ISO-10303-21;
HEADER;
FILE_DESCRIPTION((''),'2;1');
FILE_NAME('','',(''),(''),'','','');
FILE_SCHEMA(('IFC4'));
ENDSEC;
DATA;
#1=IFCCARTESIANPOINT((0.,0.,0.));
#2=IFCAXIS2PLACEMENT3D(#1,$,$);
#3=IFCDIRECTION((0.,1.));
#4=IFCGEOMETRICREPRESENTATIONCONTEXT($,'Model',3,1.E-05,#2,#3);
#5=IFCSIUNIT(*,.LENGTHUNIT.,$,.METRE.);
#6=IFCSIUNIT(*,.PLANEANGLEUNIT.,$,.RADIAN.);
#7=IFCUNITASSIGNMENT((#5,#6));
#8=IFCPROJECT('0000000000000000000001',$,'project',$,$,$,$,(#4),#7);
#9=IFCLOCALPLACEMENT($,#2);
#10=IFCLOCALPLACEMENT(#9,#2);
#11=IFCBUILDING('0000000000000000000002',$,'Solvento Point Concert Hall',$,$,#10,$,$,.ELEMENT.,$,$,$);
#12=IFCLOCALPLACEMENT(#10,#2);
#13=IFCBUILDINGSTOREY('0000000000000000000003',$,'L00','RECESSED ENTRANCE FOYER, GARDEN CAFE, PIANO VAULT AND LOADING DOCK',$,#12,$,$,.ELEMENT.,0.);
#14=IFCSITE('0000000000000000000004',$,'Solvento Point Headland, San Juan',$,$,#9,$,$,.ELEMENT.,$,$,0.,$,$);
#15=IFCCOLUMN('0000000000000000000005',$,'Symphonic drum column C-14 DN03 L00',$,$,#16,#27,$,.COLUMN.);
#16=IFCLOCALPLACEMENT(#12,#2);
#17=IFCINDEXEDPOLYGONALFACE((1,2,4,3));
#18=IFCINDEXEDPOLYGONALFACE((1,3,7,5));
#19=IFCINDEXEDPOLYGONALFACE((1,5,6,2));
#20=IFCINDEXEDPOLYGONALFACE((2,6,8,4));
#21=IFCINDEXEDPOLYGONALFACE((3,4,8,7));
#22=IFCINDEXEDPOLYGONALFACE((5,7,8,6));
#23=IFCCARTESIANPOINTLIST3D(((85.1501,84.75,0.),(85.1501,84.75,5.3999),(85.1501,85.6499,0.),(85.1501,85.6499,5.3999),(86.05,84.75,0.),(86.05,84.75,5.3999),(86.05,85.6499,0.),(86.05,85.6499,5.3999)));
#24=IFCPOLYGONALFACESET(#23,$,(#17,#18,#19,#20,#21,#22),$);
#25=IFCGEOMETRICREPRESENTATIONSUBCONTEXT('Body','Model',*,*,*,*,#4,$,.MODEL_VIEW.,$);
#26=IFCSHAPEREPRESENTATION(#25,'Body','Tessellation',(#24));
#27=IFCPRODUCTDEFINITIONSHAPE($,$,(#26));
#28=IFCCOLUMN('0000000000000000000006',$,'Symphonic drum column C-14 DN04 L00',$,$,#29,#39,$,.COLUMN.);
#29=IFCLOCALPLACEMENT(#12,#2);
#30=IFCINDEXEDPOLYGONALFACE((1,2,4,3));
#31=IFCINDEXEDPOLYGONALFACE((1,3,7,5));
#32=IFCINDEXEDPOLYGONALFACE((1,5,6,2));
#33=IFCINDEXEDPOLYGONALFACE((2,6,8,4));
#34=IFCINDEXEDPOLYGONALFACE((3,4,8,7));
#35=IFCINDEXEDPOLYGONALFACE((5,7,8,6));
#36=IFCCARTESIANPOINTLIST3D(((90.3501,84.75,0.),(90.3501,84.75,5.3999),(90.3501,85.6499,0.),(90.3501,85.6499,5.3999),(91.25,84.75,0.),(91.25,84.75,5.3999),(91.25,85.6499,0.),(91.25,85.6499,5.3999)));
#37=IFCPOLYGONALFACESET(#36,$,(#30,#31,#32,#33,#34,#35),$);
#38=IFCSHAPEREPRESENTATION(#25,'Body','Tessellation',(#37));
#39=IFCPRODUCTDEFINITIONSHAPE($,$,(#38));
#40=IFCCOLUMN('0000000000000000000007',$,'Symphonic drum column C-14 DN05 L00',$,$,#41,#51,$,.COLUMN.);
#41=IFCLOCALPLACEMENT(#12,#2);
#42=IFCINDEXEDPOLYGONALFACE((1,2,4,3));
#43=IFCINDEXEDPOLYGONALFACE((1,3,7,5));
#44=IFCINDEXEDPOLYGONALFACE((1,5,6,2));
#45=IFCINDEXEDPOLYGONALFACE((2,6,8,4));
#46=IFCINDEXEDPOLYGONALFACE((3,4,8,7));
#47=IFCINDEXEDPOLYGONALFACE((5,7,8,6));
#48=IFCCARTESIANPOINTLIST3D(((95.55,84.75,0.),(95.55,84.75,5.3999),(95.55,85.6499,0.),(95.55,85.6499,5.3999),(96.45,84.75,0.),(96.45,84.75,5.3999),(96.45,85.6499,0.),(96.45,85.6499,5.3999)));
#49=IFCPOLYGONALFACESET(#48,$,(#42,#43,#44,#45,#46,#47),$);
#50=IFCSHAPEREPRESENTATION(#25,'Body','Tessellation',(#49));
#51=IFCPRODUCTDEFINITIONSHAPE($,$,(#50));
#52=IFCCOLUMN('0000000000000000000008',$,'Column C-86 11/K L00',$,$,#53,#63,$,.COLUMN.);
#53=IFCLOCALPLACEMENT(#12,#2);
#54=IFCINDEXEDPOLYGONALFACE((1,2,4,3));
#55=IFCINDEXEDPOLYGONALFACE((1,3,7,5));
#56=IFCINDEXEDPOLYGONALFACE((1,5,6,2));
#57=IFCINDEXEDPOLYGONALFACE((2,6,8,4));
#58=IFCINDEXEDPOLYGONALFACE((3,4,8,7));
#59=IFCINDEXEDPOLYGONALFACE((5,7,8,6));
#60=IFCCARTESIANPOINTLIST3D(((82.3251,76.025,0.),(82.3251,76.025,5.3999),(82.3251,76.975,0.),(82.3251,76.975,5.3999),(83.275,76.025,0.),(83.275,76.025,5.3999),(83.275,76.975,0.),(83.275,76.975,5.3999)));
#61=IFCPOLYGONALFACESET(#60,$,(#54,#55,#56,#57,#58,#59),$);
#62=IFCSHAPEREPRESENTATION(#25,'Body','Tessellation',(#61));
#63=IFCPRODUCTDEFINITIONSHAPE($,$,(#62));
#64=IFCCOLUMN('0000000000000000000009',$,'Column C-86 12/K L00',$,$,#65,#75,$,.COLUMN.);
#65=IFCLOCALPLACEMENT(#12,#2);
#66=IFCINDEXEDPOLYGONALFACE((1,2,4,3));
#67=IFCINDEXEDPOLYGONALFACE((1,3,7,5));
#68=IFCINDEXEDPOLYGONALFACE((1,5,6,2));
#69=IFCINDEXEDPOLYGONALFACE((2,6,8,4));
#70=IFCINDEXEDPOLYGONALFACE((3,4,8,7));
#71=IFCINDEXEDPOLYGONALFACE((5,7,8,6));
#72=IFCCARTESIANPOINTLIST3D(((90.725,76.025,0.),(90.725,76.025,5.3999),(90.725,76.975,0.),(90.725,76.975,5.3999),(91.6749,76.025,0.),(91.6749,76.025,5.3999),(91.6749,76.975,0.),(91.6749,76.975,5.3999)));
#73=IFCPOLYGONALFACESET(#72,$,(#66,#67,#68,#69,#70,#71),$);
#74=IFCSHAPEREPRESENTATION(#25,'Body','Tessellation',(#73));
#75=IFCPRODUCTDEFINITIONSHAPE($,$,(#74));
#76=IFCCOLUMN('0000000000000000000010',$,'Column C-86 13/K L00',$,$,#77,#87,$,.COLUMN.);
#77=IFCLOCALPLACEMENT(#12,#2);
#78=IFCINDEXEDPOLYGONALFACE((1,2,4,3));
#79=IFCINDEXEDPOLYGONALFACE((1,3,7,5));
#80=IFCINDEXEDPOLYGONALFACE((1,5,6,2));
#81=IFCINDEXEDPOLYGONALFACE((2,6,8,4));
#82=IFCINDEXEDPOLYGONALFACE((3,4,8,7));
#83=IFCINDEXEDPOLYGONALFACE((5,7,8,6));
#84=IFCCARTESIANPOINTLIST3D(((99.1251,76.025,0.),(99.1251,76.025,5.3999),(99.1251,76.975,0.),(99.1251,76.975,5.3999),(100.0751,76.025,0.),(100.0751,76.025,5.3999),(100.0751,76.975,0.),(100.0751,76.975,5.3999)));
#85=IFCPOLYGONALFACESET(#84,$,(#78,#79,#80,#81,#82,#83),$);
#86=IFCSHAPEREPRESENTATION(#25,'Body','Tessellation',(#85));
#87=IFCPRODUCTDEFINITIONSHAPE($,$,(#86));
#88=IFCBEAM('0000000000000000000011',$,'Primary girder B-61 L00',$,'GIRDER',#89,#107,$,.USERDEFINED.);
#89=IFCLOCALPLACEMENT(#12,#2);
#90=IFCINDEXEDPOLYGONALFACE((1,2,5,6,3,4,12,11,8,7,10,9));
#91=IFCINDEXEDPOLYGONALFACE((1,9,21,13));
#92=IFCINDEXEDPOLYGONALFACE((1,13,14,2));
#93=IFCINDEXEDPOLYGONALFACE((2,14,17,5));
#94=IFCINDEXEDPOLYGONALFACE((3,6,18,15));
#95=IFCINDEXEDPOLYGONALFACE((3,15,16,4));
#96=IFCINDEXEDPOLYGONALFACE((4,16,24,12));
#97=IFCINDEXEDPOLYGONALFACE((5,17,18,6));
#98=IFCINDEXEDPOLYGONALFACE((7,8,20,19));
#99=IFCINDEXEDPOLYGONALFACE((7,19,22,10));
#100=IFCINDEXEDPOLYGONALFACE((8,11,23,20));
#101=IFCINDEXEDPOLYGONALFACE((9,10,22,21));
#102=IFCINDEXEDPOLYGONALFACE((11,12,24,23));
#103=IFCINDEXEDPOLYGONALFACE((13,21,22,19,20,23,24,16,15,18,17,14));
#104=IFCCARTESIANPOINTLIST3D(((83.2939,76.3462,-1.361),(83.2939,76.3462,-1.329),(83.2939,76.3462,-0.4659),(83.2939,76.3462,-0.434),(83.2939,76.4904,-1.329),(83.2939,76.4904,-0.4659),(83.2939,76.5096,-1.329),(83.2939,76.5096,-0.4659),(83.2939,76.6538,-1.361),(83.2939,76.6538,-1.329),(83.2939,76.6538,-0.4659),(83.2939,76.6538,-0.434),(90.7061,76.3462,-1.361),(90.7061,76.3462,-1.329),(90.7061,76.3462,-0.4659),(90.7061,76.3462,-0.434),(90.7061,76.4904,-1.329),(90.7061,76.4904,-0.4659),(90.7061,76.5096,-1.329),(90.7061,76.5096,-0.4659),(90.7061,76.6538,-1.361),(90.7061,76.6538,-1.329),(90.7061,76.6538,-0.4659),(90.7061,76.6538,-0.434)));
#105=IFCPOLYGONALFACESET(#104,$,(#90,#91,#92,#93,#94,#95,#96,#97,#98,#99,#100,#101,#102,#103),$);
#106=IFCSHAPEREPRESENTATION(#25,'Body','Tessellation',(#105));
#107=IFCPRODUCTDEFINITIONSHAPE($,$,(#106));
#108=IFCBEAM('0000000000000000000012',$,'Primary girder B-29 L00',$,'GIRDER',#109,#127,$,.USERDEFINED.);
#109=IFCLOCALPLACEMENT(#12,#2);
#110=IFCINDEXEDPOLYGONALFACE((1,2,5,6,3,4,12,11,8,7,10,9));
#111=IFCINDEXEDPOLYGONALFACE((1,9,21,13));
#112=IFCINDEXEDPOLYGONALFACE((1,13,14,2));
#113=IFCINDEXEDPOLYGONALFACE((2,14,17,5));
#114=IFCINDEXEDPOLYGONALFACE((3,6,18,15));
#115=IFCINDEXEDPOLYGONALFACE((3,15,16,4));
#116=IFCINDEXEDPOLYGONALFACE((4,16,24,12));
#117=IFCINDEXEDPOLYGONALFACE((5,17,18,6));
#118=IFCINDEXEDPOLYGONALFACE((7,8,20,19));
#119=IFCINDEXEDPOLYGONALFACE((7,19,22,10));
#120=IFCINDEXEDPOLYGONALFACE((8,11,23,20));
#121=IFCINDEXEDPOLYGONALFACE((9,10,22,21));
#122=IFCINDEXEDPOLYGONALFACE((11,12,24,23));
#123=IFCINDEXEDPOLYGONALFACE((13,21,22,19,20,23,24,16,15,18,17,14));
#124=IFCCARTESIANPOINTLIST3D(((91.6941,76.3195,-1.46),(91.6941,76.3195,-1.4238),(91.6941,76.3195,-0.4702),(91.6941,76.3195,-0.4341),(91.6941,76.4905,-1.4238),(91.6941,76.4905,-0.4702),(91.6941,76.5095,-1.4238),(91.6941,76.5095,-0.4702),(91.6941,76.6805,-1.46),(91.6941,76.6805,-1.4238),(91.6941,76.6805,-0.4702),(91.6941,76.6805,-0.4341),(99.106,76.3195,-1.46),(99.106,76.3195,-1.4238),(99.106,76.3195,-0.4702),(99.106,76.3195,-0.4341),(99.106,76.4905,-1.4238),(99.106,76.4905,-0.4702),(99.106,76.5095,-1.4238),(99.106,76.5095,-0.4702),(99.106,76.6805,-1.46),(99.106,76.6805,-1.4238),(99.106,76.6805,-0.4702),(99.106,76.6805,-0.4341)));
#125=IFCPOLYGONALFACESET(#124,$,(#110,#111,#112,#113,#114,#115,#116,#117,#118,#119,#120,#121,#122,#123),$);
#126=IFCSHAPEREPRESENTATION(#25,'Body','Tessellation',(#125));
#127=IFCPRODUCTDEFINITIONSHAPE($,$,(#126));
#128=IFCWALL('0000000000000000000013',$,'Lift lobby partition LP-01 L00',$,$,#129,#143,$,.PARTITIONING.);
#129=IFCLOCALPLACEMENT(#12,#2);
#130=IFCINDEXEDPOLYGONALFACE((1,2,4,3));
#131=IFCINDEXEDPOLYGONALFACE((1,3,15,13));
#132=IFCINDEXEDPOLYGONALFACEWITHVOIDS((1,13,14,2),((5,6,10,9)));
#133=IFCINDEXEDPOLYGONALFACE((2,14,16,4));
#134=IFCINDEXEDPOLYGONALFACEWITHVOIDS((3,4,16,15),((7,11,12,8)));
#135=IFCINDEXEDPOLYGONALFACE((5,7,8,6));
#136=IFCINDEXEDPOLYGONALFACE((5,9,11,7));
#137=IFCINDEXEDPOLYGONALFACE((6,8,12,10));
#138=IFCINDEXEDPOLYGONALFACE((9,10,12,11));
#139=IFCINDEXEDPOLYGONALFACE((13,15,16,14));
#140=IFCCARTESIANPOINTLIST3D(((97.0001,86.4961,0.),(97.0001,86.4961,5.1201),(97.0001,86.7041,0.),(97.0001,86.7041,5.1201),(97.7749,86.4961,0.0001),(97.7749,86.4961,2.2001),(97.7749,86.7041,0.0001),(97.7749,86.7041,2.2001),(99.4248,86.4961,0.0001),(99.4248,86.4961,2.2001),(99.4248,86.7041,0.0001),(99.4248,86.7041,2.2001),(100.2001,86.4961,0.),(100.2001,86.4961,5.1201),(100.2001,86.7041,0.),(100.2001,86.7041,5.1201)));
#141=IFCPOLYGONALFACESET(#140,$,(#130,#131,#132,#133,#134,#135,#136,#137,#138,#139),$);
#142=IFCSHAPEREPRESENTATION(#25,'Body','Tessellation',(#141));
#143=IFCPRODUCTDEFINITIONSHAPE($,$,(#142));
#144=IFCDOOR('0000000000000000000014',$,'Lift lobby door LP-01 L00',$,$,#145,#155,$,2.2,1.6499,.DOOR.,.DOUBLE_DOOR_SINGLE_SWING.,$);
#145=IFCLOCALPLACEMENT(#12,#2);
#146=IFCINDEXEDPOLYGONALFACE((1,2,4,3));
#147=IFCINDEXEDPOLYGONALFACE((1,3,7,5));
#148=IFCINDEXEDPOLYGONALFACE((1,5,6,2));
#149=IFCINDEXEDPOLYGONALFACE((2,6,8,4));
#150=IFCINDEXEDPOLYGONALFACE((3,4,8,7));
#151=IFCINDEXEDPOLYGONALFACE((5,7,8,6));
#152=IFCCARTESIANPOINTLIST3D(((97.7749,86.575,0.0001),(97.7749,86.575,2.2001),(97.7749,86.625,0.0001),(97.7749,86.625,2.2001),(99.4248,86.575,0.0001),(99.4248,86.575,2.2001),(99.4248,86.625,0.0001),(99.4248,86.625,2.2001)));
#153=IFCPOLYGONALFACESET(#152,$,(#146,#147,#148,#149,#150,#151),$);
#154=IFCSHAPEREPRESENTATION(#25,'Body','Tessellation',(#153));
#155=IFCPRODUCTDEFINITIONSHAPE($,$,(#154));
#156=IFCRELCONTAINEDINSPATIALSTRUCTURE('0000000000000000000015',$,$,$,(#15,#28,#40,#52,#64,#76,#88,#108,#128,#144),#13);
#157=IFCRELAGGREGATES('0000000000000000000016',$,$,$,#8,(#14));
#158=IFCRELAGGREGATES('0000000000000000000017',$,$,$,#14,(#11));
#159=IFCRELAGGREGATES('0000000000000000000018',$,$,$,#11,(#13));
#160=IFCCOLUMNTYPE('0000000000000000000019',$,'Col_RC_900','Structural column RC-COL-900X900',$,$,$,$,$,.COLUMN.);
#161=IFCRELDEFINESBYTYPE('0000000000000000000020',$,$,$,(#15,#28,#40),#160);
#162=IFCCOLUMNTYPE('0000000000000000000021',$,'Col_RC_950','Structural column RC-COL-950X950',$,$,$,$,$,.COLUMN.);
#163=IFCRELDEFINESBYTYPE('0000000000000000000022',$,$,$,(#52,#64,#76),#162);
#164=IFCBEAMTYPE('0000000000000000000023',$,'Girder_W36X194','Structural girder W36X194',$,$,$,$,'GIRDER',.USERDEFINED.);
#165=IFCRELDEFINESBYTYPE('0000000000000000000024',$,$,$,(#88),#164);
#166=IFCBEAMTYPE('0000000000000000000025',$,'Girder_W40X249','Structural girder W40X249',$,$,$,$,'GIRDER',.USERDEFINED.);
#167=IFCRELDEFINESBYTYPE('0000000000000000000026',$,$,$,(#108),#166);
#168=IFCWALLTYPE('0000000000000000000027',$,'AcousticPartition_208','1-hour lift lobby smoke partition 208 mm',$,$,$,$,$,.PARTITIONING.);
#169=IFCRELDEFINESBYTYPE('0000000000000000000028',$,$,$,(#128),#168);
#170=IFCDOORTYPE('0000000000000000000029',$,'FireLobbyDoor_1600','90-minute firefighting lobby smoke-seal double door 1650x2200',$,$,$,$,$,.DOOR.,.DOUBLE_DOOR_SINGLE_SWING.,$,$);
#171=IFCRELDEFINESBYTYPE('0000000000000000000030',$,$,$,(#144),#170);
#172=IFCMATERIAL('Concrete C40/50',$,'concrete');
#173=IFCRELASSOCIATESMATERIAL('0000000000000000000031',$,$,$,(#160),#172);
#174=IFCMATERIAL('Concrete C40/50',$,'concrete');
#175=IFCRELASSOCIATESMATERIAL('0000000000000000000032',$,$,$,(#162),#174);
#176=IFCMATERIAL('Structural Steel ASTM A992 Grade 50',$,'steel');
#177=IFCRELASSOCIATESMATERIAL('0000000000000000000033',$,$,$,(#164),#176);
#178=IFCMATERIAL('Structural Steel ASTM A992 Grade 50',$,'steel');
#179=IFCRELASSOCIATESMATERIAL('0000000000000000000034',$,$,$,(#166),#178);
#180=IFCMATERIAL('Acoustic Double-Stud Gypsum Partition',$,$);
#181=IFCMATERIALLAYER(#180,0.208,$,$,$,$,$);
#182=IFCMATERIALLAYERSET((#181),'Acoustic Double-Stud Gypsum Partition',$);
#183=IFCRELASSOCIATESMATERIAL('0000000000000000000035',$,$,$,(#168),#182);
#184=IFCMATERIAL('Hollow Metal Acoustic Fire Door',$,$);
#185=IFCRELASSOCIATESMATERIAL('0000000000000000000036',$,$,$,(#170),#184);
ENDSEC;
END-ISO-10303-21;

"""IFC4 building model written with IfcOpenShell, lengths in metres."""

from ifc_helpers import new_model, si_unit, direction, frame, frame_2d, origin, origin_2d, place, context, subcontext, project, spatial, rectangle, i_section, extrude, material, layer, layer_set, material_profile, profile_set, type_object, element, fill, save


model = new_model("IFC4")

# Units and contexts
model_context = context("Model", 3, precision=1e-05, world=origin(), true_north=direction((0.0, 1.0)))
body_context = subcontext(model_context, "Body", "Model", "MODEL_VIEW")
ifc_project = project(units=[si_unit("LENGTHUNIT", "METRE"), si_unit("PLANEANGLEUNIT", "RADIAN")], contexts=[model_context])

# Site, building, storey
site_placement = place(None, origin())
site = spatial("IfcSite", under=ifc_project, at=site_placement, Name="Solvento Point Headland, San Juan", CompositionType="ELEMENT", RefElevation=0.0)
building_placement = place(site_placement, origin())
building = spatial("IfcBuilding", under=site, at=building_placement, Name="Solvento Point Concert Hall", CompositionType="ELEMENT")
storey_placement = place(building_placement, origin())
storey = spatial("IfcBuildingStorey", under=building, at=storey_placement, Name="L00", Description="RECESSED ENTRANCE FOYER, GARDEN CAFE, PIANO VAULT AND LOADING DOCK", CompositionType="ELEMENT", Elevation=0.0)

# Columns
ifc_material_1 = material(Name="Concrete C40/50", Category="concrete")
ifc_material_profile_1 = material_profile(ifc_material_1, rectangle(XDim=0.8999, YDim=0.8999, at=origin_2d()), Name="RC-COL-900X900")
ifc_profile_set_1 = profile_set([ifc_material_profile_1], Name="Concrete C40/50")
column_type_1 = type_object("IfcColumnType", Name="Col_RC_900", Description="Structural column RC-COL-900X900", PredefinedType="COLUMN", material=ifc_profile_set_1)
for number, where, z_axis, x_axis, name in (
    (1, (85.6001, 85.2, 0.0), (0.0, 0.0, 1.0), (1.0, 0.0, 0.0), "Symphonic drum column C-14 DN03 L00"),
    (2, (90.8, 85.2, 0.0), (0.0, 0.0, 1.0), (1.0, 0.0, 0.0), "Symphonic drum column C-14 DN04 L00"),
    (3, (96.0, 85.2, 0.0), (0.0, 0.0, 1.0), (1.0, 0.0, 0.0), "Symphonic drum column C-14 DN05 L00"),
):
    element("IfcColumn", number, at=place(storey_placement, frame(where, z_axis=z_axis, x_axis=x_axis)), inside=storey, type_object=column_type_1, Name=name, PredefinedType="COLUMN", context=body_context, shape_type="SweptSolid", body=[
        extrude(rectangle(XDim=0.8999, YDim=0.8999, at=origin_2d()), origin(), (0.0, 0.0, 1.0), 5.3999),
    ])
ifc_material_2 = material(Name="Concrete C40/50", Category="concrete")
ifc_material_profile_2 = material_profile(ifc_material_2, rectangle(XDim=0.95, YDim=0.95, at=origin_2d()), Name="RC-COL-950X950")
ifc_profile_set_2 = profile_set([ifc_material_profile_2], Name="Concrete C40/50")
column_type_2 = type_object("IfcColumnType", Name="Col_RC_950", Description="Structural column RC-COL-950X950", PredefinedType="COLUMN", material=ifc_profile_set_2)
for number, where, z_axis, x_axis, name in (
    (4, (82.8, 76.5, 0.0), (0.0, 0.0, 1.0), (1.0, 0.0, 0.0), "Column C-86 11/K L00"),
    (5, (91.2, 76.5, 0.0), (0.0, 0.0, 1.0), (1.0, 0.0, 0.0), "Column C-86 12/K L00"),
    (6, (99.6001, 76.5, 0.0), (0.0, 0.0, 1.0), (1.0, 0.0, 0.0), "Column C-86 13/K L00"),
):
    element("IfcColumn", number, at=place(storey_placement, frame(where, z_axis=z_axis, x_axis=x_axis)), inside=storey, type_object=column_type_2, Name=name, PredefinedType="COLUMN", context=body_context, shape_type="SweptSolid", body=[
        extrude(rectangle(XDim=0.95, YDim=0.95, at=origin_2d()), origin(), (0.0, 0.0, 1.0), 5.3999),
    ])

# Beams
ifc_material_3 = material(Name="Structural Steel ASTM A992 Grade 50", Category="steel")
ifc_material_profile_3 = material_profile(ifc_material_3, i_section(OverallWidth=0.3076, OverallDepth=0.927, WebThickness=0.0193, FlangeThickness=0.032, at=origin_2d()), Name="W36X194")
ifc_profile_set_3 = profile_set([ifc_material_profile_3], Name="Structural Steel ASTM A992 Grade 50")
beam_type_1 = type_object("IfcBeamType", Name="Girder_W36X194", Description="Structural girder W36X194", ElementType="GIRDER", PredefinedType="USERDEFINED", material=ifc_profile_set_3)
beam_1_placement = place(storey_placement, frame((83.2939, 76.5, -0.8975), z_axis=(1.0, 0.0, 0.0), x_axis=(0.0, 1.0, 0.0)))
element("IfcBeam", 7, at=beam_1_placement, inside=storey, type_object=beam_type_1, Name="Primary girder B-61 L00", ObjectType="GIRDER", PredefinedType="USERDEFINED", context=body_context, shape_type="SweptSolid", body=[
    extrude(i_section(OverallWidth=0.3076, OverallDepth=0.927, WebThickness=0.0193, FlangeThickness=0.032, at=origin_2d()), origin(), (0.0, 0.0, 1.0), 7.4121),
])
ifc_material_4 = material(Name="Structural Steel ASTM A992 Grade 50", Category="steel")
ifc_material_profile_4 = material_profile(ifc_material_4, i_section(OverallWidth=0.3611, OverallDepth=1.0259, WebThickness=0.019, FlangeThickness=0.0361, at=origin_2d()), Name="W40X249")
ifc_profile_set_4 = profile_set([ifc_material_profile_4], Name="Structural Steel ASTM A992 Grade 50")
beam_type_2 = type_object("IfcBeamType", Name="Girder_W40X249", Description="Structural girder W40X249", ElementType="GIRDER", PredefinedType="USERDEFINED", material=ifc_profile_set_4)
beam_2_placement = place(storey_placement, frame((91.6941, 76.5, -0.947), z_axis=(1.0, 0.0, 0.0), x_axis=(0.0, 1.0, 0.0)))
element("IfcBeam", 8, at=beam_2_placement, inside=storey, type_object=beam_type_2, Name="Primary girder B-29 L00", ObjectType="GIRDER", PredefinedType="USERDEFINED", context=body_context, shape_type="SweptSolid", body=[
    extrude(i_section(OverallWidth=0.3611, OverallDepth=1.0259, WebThickness=0.019, FlangeThickness=0.0361, at=origin_2d()), origin(), (0.0, 0.0, 1.0), 7.4119),
])

# Wall, opening, door
ifc_material_5 = material(Name="Acoustic Double-Stud Gypsum Partition")
ifc_layer_1 = layer(ifc_material_5, 0.208)
ifc_layer_set_1 = layer_set([ifc_layer_1], Name="Acoustic Double-Stud Gypsum Partition")
wall_type_1 = type_object("IfcWallType", Name="AcousticPartition_208", Description="1-hour lift lobby smoke partition 208 mm", PredefinedType="PARTITIONING", material=ifc_layer_set_1)
wall_1_placement = place(storey_placement, frame((97.0, 86.6001, 0.0), z_axis=(0.0, 0.0, 1.0), x_axis=(1.0, 0.0, 0.0)))
wall_1 = element("IfcWall", 9, at=wall_1_placement, inside=storey, type_object=wall_type_1, Name="Lift lobby partition LP-01 L00", PredefinedType="PARTITIONING", context=body_context, shape_type="SweptSolid", body=[
    extrude(rectangle(XDim=3.2, YDim=0.208, at=frame_2d((1.6001, 0.0))), origin(), (0.0, 0.0, 1.0), 5.1201),
])
opening_1_placement = place(wall_1_placement, frame((0.7749, 0.0, 0.0)))
opening_1 = element("IfcOpeningElement", 10, at=opening_1_placement, cuts=wall_1, PredefinedType="OPENING", context=body_context, shape_type="SweptSolid", body=[
    extrude(rectangle(XDim=1.6499, YDim=2.2, at=frame_2d((0.825, 1.1001))), frame((0.0, 0.114, 0.0), z_axis=(0.0, -1.0, 0.0), x_axis=(1.0, 0.0, 0.0)), (0.0, 0.0, 1.0), 0.228),
])
ifc_material_6 = material(Name="Hollow Metal Acoustic Fire Door")
door_type_1 = type_object("IfcDoorType", Name="FireLobbyDoor_1600", Description="90-minute firefighting lobby smoke-seal double door 1650x2200", OperationType="DOUBLE_DOOR_SINGLE_SWING", PredefinedType="DOOR", material=ifc_material_6)
door_1_placement = place(opening_1_placement, origin())
door_1 = element("IfcDoor", 11, at=door_1_placement, inside=storey, type_object=door_type_1, Name="Lift lobby door LP-01 L00", OperationType="DOUBLE_DOOR_SINGLE_SWING", OverallHeight=2.2, OverallWidth=1.6499, PredefinedType="DOOR", context=body_context, shape_type="SweptSolid", body=[
    extrude(rectangle(XDim=1.6499, YDim=2.2, at=frame_2d((0.825, 1.1001))), frame((0.0, 0.0249, 0.0), z_axis=(0.0, -1.0, 0.0), x_axis=(1.0, 0.0, 0.0)), (0.0, 0.0, 1.0), 0.05),
])
fill(opening_1, door_1)

save(model, "model.ifc")
